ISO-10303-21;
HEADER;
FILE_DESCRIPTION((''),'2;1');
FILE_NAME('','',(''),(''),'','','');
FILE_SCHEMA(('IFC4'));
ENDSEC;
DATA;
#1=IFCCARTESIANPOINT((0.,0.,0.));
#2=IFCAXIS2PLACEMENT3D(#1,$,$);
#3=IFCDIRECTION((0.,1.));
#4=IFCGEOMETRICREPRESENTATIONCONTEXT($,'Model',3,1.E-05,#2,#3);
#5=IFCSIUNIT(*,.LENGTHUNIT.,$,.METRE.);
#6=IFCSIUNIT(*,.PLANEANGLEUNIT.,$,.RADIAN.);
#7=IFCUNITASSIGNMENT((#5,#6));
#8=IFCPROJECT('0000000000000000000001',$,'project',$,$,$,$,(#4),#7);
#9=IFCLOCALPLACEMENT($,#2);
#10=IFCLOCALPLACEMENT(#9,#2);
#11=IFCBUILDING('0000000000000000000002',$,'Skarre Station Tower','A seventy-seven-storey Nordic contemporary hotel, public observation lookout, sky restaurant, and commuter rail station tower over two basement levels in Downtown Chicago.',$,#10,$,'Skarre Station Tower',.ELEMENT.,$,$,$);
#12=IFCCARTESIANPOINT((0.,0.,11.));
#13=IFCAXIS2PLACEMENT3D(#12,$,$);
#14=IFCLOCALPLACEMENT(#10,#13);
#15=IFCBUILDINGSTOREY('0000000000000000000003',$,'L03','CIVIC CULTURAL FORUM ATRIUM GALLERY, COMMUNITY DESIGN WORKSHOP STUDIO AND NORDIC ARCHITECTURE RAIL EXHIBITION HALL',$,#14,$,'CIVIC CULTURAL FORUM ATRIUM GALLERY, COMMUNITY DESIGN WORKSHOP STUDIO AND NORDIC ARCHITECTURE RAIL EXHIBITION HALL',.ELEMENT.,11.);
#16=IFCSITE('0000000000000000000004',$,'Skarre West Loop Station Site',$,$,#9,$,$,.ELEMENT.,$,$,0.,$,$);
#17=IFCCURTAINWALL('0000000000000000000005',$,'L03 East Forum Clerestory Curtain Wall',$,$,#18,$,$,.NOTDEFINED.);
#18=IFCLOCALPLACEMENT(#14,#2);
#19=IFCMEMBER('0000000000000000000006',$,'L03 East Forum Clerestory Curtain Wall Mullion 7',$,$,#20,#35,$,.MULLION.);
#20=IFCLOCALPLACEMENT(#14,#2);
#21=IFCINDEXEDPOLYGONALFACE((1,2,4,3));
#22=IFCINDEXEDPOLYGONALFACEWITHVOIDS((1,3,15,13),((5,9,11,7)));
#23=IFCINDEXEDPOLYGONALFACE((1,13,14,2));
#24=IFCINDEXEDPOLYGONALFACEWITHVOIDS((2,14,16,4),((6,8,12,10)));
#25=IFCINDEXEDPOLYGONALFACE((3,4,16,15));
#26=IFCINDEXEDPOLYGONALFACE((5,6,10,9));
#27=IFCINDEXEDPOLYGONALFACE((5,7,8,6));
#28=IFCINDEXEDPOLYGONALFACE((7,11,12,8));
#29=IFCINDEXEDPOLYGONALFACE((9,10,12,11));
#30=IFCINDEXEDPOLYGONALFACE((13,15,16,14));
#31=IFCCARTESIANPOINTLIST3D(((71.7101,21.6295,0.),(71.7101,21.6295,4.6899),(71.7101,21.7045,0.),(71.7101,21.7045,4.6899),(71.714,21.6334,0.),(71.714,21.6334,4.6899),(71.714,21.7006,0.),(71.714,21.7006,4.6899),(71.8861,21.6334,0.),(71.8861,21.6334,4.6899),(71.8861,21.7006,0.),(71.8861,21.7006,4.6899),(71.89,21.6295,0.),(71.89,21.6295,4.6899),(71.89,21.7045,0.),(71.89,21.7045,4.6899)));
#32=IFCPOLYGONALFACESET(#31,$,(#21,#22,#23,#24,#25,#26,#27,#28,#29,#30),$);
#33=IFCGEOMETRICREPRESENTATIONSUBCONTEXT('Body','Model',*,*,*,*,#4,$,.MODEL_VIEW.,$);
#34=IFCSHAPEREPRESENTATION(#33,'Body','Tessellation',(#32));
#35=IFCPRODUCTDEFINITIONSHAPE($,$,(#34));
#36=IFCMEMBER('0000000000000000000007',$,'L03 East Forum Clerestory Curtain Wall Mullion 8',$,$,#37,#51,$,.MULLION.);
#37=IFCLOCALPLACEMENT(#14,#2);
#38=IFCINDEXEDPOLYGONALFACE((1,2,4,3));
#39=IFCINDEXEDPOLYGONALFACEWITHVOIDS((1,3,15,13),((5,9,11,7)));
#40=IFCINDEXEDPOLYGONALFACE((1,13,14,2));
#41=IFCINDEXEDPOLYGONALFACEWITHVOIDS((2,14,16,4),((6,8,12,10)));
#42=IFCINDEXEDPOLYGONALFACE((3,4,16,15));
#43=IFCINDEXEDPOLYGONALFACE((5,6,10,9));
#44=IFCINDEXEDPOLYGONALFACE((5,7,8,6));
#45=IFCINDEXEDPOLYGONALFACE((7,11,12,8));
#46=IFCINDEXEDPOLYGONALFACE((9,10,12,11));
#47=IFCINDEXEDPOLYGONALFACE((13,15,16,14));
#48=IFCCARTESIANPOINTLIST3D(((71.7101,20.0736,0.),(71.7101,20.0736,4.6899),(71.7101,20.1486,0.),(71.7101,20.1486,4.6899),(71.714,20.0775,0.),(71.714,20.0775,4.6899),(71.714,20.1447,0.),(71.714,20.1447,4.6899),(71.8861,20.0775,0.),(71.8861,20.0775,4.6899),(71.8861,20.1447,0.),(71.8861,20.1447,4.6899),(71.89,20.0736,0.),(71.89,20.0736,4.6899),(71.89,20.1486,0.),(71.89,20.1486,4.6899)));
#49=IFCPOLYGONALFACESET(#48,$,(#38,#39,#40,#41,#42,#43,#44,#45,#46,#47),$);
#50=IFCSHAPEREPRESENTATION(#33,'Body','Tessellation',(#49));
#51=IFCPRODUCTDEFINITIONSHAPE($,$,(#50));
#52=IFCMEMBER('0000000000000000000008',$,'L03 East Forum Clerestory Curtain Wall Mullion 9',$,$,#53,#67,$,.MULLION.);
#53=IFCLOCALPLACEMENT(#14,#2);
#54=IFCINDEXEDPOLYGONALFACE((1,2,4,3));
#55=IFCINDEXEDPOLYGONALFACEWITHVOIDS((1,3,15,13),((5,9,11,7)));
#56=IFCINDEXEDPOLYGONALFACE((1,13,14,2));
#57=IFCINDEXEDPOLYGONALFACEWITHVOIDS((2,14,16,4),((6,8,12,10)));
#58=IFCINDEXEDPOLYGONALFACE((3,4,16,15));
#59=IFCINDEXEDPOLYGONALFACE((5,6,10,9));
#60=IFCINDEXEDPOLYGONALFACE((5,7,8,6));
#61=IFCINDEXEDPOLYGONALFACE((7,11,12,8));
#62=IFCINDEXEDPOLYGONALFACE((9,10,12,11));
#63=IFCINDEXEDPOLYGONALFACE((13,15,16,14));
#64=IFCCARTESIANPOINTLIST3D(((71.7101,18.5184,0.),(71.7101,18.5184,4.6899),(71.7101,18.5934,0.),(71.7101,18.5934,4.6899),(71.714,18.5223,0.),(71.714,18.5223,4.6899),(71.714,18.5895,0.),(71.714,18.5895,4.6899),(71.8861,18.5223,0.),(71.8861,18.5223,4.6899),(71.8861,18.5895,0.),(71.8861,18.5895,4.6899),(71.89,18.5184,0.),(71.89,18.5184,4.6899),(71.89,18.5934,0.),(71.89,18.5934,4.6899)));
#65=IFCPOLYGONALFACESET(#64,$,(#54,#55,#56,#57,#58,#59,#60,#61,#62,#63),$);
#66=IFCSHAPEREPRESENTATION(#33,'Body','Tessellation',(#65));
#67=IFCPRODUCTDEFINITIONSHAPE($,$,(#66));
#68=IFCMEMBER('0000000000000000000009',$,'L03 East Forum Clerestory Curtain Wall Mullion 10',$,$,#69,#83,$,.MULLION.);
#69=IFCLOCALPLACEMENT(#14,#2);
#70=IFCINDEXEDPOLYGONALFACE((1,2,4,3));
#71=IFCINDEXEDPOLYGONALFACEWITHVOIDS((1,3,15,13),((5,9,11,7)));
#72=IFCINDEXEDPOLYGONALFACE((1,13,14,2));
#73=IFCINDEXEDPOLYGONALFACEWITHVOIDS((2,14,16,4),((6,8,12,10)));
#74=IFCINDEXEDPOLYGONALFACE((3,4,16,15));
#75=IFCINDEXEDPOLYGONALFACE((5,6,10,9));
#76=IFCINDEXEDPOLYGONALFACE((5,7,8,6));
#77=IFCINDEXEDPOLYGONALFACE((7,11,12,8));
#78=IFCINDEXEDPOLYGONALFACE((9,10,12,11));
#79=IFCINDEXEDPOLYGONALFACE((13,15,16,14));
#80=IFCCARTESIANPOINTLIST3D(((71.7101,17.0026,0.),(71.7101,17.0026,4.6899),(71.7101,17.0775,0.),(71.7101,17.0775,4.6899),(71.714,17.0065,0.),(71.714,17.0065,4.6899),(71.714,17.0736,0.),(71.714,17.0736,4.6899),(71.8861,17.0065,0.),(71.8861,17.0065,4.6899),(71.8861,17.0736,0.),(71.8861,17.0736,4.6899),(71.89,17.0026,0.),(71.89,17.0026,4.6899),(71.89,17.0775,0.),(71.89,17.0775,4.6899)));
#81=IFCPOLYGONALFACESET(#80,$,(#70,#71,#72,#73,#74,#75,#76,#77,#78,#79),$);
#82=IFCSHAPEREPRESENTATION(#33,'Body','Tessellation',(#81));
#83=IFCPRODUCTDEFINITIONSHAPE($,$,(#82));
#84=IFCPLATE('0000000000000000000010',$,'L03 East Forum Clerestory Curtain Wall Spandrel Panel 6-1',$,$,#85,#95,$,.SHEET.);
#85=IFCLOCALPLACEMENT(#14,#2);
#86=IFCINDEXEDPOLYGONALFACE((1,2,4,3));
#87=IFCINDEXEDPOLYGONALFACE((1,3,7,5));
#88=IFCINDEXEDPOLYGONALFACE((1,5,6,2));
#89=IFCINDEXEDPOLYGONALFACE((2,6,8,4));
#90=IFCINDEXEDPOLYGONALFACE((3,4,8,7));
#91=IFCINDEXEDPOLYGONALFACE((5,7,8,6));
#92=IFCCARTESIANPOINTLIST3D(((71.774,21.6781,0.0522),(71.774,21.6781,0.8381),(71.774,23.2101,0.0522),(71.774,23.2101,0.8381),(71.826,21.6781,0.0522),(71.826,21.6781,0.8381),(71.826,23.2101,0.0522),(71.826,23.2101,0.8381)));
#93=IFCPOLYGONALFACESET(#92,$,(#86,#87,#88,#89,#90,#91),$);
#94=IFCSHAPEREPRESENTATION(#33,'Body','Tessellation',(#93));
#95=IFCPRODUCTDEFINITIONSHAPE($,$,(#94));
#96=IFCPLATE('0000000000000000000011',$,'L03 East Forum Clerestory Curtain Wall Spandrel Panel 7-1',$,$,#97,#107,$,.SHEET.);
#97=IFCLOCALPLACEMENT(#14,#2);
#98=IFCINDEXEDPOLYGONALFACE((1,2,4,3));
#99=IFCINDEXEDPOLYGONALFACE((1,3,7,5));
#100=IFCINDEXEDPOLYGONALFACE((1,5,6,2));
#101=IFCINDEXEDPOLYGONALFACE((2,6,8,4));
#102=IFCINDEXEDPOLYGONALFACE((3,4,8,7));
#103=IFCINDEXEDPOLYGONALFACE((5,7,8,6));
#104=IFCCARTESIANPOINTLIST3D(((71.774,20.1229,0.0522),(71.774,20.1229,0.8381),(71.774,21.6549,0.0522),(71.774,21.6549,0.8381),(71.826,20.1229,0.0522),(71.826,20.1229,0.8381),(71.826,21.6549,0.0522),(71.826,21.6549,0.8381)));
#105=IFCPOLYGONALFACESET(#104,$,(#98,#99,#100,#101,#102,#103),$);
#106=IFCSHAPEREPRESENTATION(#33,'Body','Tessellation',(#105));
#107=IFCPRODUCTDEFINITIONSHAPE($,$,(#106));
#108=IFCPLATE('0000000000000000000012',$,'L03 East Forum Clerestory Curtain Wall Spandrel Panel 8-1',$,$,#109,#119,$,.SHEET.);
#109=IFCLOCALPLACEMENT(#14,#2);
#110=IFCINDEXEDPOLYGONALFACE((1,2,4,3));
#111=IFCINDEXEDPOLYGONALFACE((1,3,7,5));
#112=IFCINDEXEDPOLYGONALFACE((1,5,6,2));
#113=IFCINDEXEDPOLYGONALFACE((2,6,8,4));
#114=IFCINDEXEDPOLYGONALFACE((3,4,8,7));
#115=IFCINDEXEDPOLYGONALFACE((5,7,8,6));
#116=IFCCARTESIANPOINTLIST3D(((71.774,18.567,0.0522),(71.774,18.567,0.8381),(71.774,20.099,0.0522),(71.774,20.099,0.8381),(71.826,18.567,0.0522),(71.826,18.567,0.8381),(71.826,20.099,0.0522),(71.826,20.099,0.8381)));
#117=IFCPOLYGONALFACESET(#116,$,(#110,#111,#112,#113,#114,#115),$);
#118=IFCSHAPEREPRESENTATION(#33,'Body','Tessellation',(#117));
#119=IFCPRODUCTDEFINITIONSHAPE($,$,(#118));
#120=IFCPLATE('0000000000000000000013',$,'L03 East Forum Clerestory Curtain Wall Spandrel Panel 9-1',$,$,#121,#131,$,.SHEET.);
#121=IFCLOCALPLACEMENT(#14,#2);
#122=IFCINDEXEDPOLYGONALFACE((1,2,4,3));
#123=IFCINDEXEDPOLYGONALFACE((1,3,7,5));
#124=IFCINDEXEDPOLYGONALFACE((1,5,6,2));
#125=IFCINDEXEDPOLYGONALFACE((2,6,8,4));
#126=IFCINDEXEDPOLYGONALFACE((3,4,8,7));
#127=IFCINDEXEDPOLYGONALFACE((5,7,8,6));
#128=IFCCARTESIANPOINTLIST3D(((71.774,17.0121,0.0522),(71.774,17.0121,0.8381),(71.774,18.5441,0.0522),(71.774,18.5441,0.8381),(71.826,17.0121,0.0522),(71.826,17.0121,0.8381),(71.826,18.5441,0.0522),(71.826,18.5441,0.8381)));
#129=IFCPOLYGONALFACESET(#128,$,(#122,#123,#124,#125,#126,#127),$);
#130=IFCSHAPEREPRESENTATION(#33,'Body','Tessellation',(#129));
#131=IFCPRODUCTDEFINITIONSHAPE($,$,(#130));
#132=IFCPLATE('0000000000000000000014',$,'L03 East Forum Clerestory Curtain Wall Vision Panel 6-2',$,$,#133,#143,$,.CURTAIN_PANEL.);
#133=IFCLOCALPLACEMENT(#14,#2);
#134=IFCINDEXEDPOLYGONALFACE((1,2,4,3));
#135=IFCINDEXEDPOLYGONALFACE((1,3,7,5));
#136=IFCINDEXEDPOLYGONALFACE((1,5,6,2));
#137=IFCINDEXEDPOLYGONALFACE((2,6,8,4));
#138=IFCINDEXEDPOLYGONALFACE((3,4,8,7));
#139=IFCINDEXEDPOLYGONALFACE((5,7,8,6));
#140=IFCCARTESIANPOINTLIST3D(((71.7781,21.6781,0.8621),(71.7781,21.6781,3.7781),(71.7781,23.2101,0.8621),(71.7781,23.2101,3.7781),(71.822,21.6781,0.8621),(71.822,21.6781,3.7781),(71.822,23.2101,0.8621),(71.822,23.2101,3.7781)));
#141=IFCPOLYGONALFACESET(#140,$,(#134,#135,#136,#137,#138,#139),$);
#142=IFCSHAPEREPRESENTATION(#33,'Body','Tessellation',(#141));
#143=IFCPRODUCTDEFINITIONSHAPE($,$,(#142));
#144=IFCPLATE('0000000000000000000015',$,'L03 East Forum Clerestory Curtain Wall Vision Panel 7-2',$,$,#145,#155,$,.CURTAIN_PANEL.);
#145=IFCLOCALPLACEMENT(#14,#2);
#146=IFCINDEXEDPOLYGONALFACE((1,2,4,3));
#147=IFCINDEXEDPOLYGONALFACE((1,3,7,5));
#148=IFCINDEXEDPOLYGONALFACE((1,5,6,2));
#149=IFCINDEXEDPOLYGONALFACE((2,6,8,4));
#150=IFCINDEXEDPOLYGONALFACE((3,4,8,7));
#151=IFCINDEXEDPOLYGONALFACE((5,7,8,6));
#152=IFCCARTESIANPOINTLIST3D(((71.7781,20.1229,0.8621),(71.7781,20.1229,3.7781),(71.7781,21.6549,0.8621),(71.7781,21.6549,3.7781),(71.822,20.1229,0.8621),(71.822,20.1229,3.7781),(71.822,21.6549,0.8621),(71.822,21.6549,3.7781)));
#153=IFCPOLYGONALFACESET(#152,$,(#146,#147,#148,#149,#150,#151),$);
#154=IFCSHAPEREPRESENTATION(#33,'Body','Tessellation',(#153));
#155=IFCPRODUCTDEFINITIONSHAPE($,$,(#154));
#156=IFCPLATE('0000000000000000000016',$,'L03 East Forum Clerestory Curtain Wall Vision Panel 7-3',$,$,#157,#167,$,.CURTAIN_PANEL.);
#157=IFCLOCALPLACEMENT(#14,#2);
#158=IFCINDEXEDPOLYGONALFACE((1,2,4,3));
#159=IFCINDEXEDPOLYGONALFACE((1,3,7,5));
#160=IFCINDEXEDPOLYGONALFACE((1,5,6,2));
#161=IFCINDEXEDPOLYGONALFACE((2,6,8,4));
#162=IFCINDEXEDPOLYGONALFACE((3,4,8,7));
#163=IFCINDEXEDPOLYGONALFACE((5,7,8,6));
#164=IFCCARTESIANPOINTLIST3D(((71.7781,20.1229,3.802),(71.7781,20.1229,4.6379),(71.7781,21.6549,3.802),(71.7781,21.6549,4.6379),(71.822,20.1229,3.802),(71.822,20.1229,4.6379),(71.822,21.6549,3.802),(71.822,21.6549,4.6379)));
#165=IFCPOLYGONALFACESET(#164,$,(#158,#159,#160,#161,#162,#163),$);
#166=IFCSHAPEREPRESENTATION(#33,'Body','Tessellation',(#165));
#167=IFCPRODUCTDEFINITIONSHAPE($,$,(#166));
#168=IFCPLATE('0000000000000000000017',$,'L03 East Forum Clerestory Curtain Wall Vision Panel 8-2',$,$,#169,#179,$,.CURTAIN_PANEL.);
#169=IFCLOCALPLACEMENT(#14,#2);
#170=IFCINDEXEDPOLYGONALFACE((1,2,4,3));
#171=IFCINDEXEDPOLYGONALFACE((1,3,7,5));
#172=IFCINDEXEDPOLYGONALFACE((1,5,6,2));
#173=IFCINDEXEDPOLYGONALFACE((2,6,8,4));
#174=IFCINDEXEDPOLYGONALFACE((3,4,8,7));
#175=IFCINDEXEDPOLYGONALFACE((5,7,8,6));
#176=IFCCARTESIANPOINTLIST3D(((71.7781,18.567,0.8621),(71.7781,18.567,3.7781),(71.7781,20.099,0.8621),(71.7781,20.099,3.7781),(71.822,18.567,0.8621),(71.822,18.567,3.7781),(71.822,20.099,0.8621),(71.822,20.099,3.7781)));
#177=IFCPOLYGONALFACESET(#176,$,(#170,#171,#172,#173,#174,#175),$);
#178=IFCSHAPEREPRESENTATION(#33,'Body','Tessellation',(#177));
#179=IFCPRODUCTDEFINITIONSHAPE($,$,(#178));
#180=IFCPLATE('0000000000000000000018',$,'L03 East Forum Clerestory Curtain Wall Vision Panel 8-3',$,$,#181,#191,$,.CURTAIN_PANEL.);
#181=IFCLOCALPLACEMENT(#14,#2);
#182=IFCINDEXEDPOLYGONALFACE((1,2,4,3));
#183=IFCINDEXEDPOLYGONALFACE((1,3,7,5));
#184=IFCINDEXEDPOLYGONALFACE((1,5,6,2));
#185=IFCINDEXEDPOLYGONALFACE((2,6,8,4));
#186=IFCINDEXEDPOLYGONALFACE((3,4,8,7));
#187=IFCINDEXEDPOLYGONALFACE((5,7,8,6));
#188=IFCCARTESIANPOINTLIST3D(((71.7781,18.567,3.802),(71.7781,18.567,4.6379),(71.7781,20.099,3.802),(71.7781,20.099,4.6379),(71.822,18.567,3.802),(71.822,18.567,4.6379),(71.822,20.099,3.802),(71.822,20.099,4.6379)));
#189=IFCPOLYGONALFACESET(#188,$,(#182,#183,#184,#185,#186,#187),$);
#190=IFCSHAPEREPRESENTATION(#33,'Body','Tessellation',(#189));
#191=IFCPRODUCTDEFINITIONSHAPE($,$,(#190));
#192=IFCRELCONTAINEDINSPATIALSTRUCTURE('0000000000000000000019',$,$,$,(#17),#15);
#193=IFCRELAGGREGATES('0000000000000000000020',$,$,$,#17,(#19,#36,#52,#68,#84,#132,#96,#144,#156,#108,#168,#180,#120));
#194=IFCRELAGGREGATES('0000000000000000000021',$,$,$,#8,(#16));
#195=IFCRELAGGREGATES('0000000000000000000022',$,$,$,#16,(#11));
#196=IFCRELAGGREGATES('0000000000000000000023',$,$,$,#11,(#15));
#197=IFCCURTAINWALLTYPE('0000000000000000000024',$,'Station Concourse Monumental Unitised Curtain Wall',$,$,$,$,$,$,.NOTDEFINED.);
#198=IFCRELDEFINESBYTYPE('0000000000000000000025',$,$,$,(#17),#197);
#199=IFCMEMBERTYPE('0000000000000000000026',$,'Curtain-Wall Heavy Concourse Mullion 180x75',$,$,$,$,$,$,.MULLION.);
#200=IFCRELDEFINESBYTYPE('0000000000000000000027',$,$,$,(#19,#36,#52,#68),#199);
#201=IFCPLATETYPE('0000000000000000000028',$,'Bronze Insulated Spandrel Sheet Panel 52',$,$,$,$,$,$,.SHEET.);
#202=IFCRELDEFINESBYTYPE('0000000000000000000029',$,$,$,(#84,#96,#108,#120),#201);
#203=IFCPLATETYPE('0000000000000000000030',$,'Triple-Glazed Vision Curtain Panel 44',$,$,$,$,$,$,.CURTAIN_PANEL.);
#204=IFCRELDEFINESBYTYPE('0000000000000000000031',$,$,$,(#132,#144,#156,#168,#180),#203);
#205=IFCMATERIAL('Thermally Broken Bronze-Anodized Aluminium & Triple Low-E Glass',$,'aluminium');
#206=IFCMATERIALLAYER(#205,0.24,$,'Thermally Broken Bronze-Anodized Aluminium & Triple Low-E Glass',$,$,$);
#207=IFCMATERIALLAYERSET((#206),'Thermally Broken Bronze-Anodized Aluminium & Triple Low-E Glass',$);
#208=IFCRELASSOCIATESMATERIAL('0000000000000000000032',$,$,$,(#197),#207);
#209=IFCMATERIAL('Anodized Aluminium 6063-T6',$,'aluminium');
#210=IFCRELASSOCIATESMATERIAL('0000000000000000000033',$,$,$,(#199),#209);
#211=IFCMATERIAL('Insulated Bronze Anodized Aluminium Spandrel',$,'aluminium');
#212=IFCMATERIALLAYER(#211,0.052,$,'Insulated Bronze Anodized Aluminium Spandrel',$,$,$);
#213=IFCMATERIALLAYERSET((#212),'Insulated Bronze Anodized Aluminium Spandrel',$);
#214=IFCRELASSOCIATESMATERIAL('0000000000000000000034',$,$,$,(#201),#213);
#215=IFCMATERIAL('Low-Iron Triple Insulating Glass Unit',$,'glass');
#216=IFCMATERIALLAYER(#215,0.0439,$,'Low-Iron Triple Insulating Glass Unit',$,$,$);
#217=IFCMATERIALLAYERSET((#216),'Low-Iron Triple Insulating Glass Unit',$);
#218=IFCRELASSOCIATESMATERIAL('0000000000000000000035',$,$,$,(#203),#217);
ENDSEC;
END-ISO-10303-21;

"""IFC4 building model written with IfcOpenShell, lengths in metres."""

from ifc_helpers import new_model, si_unit, direction, frame, origin, origin_2d, place, context, subcontext, project, spatial, rectangle, hollow_rectangle, extrude, material, layer, layer_set, material_profile, profile_set, type_object, element, aggregate, save


model = new_model("IFC4")

# Units and contexts
model_context = context("Model", 3, precision=1e-05, world=origin(), true_north=direction((0.0, 1.0)))
body_context = subcontext(model_context, "Body", "Model", "MODEL_VIEW")
ifc_project = project(units=[si_unit("LENGTHUNIT", "METRE"), si_unit("PLANEANGLEUNIT", "RADIAN")], contexts=[model_context])

# Site, building, storey
site_placement = place(None, origin())
site = spatial("IfcSite", under=ifc_project, at=site_placement, Name="Skarre West Loop Station Site", CompositionType="ELEMENT", RefElevation=0.0)
building_placement = place(site_placement, origin())
building = spatial("IfcBuilding", under=site, at=building_placement, Name="Skarre Station Tower", Description="A seventy-seven-storey Nordic contemporary hotel, public observation lookout, sky restaurant, and commuter rail station tower over two basement levels in Downtown Chicago.", LongName="Skarre Station Tower", CompositionType="ELEMENT")
storey_placement = place(building_placement, frame((0.0, 0.0, 11.0)))
storey = spatial("IfcBuildingStorey", under=building, at=storey_placement, Name="L03", Description="CIVIC CULTURAL FORUM ATRIUM GALLERY, COMMUNITY DESIGN WORKSHOP STUDIO AND NORDIC ARCHITECTURE RAIL EXHIBITION HALL", LongName="CIVIC CULTURAL FORUM ATRIUM GALLERY, COMMUNITY DESIGN WORKSHOP STUDIO AND NORDIC ARCHITECTURE RAIL EXHIBITION HALL", CompositionType="ELEMENT", Elevation=11.0)

# Curtain wall, members, plates
ifc_material_1 = material(Name="Thermally Broken Bronze-Anodized Aluminium & Triple Low-E Glass", Category="aluminium")
ifc_layer_1 = layer(ifc_material_1, 0.24, Name="Thermally Broken Bronze-Anodized Aluminium & Triple Low-E Glass")
ifc_layer_set_1 = layer_set([ifc_layer_1], Name="Thermally Broken Bronze-Anodized Aluminium & Triple Low-E Glass")
curtain_wall_type = type_object("IfcCurtainWallType", Name="Station Concourse Monumental Unitised Curtain Wall", PredefinedType="NOTDEFINED", material=ifc_layer_set_1)
curtain_wall_placement = place(storey_placement, origin())
curtain_wall = element("IfcCurtainWall", 1, at=curtain_wall_placement, inside=storey, type_object=curtain_wall_type, Name="L03 East Forum Clerestory Curtain Wall", PredefinedType="NOTDEFINED")
ifc_material_2 = material(Name="Anodized Aluminium 6063-T6", Category="aluminium")
ifc_material_profile = material_profile(ifc_material_2, hollow_rectangle(XDim=0.075, YDim=0.1799, WallThickness=0.0039, at=origin_2d()), Name="Anodized Aluminium 6063-T6")
ifc_profile_set = profile_set([ifc_material_profile], Name="Anodized Aluminium 6063-T6")
member_type = type_object("IfcMemberType", Name="Curtain-Wall Heavy Concourse Mullion 180x75", PredefinedType="MULLION", material=ifc_profile_set)
member_1_placement = place(storey_placement, frame((71.8, 21.667, 0.0), z_axis=(0.0, 0.0, 1.0), x_axis=(0.0, -1.0, 0.0)))
member_1 = element("IfcMember", 2, at=member_1_placement, type_object=member_type, Name="L03 East Forum Clerestory Curtain Wall Mullion 7", PredefinedType="MULLION", context=body_context, shape_type="SweptSolid", body=[
    extrude(hollow_rectangle(XDim=0.075, YDim=0.1799, WallThickness=0.0039, at=origin_2d()), origin(), (0.0, 0.0, 1.0), 4.6899),
])
member_2_placement = place(storey_placement, frame((71.8, 20.1111, 0.0), z_axis=(0.0, 0.0, 1.0), x_axis=(0.0, -1.0, 0.0)))
member_2 = element("IfcMember", 3, at=member_2_placement, type_object=member_type, Name="L03 East Forum Clerestory Curtain Wall Mullion 8", PredefinedType="MULLION", context=body_context, shape_type="SweptSolid", body=[
    extrude(hollow_rectangle(XDim=0.075, YDim=0.1799, WallThickness=0.0039, at=origin_2d()), origin(), (0.0, 0.0, 1.0), 4.6899),
])
member_3_placement = place(storey_placement, frame((71.8, 18.5559, 0.0), z_axis=(0.0, 0.0, 1.0), x_axis=(0.0, -1.0, 0.0)))
member_3 = element("IfcMember", 4, at=member_3_placement, type_object=member_type, Name="L03 East Forum Clerestory Curtain Wall Mullion 9", PredefinedType="MULLION", context=body_context, shape_type="SweptSolid", body=[
    extrude(hollow_rectangle(XDim=0.075, YDim=0.1799, WallThickness=0.0039, at=origin_2d()), origin(), (0.0, 0.0, 1.0), 4.6899),
])
member_4_placement = place(storey_placement, frame((71.8, 17.04, 0.0), z_axis=(0.0, 0.0, 1.0), x_axis=(0.0, -1.0, 0.0)))
member_4 = element("IfcMember", 5, at=member_4_placement, type_object=member_type, Name="L03 East Forum Clerestory Curtain Wall Mullion 10", PredefinedType="MULLION", context=body_context, shape_type="SweptSolid", body=[
    extrude(hollow_rectangle(XDim=0.075, YDim=0.1799, WallThickness=0.0039, at=origin_2d()), origin(), (0.0, 0.0, 1.0), 4.6899),
])
ifc_material_3 = material(Name="Insulated Bronze Anodized Aluminium Spandrel", Category="aluminium")
ifc_layer_2 = layer(ifc_material_3, 0.052, Name="Insulated Bronze Anodized Aluminium Spandrel")
ifc_layer_set_2 = layer_set([ifc_layer_2], Name="Insulated Bronze Anodized Aluminium Spandrel")
plate_type_1 = type_object("IfcPlateType", Name="Bronze Insulated Spandrel Sheet Panel 52", PredefinedType="SHEET", material=ifc_layer_set_2)
plate_1_placement = place(storey_placement, frame((71.8, 22.4441, 0.0522), z_axis=(0.0, 0.0, 1.0), x_axis=(0.0, -1.0, 0.0)))
plate_1 = element("IfcPlate", 6, at=plate_1_placement, type_object=plate_type_1, Name="L03 East Forum Clerestory Curtain Wall Spandrel Panel 6-1", PredefinedType="SHEET", context=body_context, shape_type="SweptSolid", body=[
    extrude(rectangle(XDim=1.532, YDim=0.052, at=origin_2d()), origin(), (0.0, 0.0, 1.0), 0.7859),
])
plate_2_placement = place(storey_placement, frame((71.8, 20.8889, 0.0522), z_axis=(0.0, 0.0, 1.0), x_axis=(0.0, -1.0, 0.0)))
plate_2 = element("IfcPlate", 7, at=plate_2_placement, type_object=plate_type_1, Name="L03 East Forum Clerestory Curtain Wall Spandrel Panel 7-1", PredefinedType="SHEET", context=body_context, shape_type="SweptSolid", body=[
    extrude(rectangle(XDim=1.532, YDim=0.052, at=origin_2d()), origin(), (0.0, 0.0, 1.0), 0.7859),
])
plate_3_placement = place(storey_placement, frame((71.8, 19.333, 0.0522), z_axis=(0.0, 0.0, 1.0), x_axis=(0.0, -1.0, 0.0)))
plate_3 = element("IfcPlate", 8, at=plate_3_placement, type_object=plate_type_1, Name="L03 East Forum Clerestory Curtain Wall Spandrel Panel 8-1", PredefinedType="SHEET", context=body_context, shape_type="SweptSolid", body=[
    extrude(rectangle(XDim=1.532, YDim=0.052, at=origin_2d()), origin(), (0.0, 0.0, 1.0), 0.7859),
])
plate_4_placement = place(storey_placement, frame((71.8, 17.7781, 0.0522), z_axis=(0.0, 0.0, 1.0), x_axis=(0.0, -1.0, 0.0)))
plate_4 = element("IfcPlate", 9, at=plate_4_placement, type_object=plate_type_1, Name="L03 East Forum Clerestory Curtain Wall Spandrel Panel 9-1", PredefinedType="SHEET", context=body_context, shape_type="SweptSolid", body=[
    extrude(rectangle(XDim=1.532, YDim=0.052, at=origin_2d()), origin(), (0.0, 0.0, 1.0), 0.7859),
])
ifc_material_4 = material(Name="Low-Iron Triple Insulating Glass Unit", Category="glass")
ifc_layer_3 = layer(ifc_material_4, 0.0439, Name="Low-Iron Triple Insulating Glass Unit")
ifc_layer_set_3 = layer_set([ifc_layer_3], Name="Low-Iron Triple Insulating Glass Unit")
plate_type_2 = type_object("IfcPlateType", Name="Triple-Glazed Vision Curtain Panel 44", PredefinedType="CURTAIN_PANEL", material=ifc_layer_set_3)
plate_5_placement = place(storey_placement, frame((71.8, 22.4441, 0.8621), z_axis=(0.0, 0.0, 1.0), x_axis=(0.0, -1.0, 0.0)))
plate_5 = element("IfcPlate", 10, at=plate_5_placement, type_object=plate_type_2, Name="L03 East Forum Clerestory Curtain Wall Vision Panel 6-2", PredefinedType="CURTAIN_PANEL", context=body_context, shape_type="SweptSolid", body=[
    extrude(rectangle(XDim=1.532, YDim=0.0439, at=origin_2d()), origin(), (0.0, 0.0, 1.0), 2.916),
])
plate_6_placement = place(storey_placement, frame((71.8, 20.8889, 0.8621), z_axis=(0.0, 0.0, 1.0), x_axis=(0.0, -1.0, 0.0)))
plate_6 = element("IfcPlate", 11, at=plate_6_placement, type_object=plate_type_2, Name="L03 East Forum Clerestory Curtain Wall Vision Panel 7-2", PredefinedType="CURTAIN_PANEL", context=body_context, shape_type="SweptSolid", body=[
    extrude(rectangle(XDim=1.532, YDim=0.0439, at=origin_2d()), origin(), (0.0, 0.0, 1.0), 2.916),
])
plate_7_placement = place(storey_placement, frame((71.8, 20.8889, 3.802), z_axis=(0.0, 0.0, 1.0), x_axis=(0.0, -1.0, 0.0)))
plate_7 = element("IfcPlate", 12, at=plate_7_placement, type_object=plate_type_2, Name="L03 East Forum Clerestory Curtain Wall Vision Panel 7-3", PredefinedType="CURTAIN_PANEL", context=body_context, shape_type="SweptSolid", body=[
    extrude(rectangle(XDim=1.532, YDim=0.0439, at=origin_2d()), origin(), (0.0, 0.0, 1.0), 0.8359),
])
plate_8_placement = place(storey_placement, frame((71.8, 19.333, 0.8621), z_axis=(0.0, 0.0, 1.0), x_axis=(0.0, -1.0, 0.0)))
plate_8 = element("IfcPlate", 13, at=plate_8_placement, type_object=plate_type_2, Name="L03 East Forum Clerestory Curtain Wall Vision Panel 8-2", PredefinedType="CURTAIN_PANEL", context=body_context, shape_type="SweptSolid", body=[
    extrude(rectangle(XDim=1.532, YDim=0.0439, at=origin_2d()), origin(), (0.0, 0.0, 1.0), 2.916),
])
plate_9_placement = place(storey_placement, frame((71.8, 19.333, 3.802), z_axis=(0.0, 0.0, 1.0), x_axis=(0.0, -1.0, 0.0)))
plate_9 = element("IfcPlate", 14, at=plate_9_placement, type_object=plate_type_2, Name="L03 East Forum Clerestory Curtain Wall Vision Panel 8-3", PredefinedType="CURTAIN_PANEL", context=body_context, shape_type="SweptSolid", body=[
    extrude(rectangle(XDim=1.532, YDim=0.0439, at=origin_2d()), origin(), (0.0, 0.0, 1.0), 0.8359),
])
aggregate(curtain_wall, [member_1, member_2, member_3, member_4, plate_1, plate_5, plate_2, plate_6, plate_7, plate_3, plate_8, plate_9, plate_4])

save(model, "model.ifc")
